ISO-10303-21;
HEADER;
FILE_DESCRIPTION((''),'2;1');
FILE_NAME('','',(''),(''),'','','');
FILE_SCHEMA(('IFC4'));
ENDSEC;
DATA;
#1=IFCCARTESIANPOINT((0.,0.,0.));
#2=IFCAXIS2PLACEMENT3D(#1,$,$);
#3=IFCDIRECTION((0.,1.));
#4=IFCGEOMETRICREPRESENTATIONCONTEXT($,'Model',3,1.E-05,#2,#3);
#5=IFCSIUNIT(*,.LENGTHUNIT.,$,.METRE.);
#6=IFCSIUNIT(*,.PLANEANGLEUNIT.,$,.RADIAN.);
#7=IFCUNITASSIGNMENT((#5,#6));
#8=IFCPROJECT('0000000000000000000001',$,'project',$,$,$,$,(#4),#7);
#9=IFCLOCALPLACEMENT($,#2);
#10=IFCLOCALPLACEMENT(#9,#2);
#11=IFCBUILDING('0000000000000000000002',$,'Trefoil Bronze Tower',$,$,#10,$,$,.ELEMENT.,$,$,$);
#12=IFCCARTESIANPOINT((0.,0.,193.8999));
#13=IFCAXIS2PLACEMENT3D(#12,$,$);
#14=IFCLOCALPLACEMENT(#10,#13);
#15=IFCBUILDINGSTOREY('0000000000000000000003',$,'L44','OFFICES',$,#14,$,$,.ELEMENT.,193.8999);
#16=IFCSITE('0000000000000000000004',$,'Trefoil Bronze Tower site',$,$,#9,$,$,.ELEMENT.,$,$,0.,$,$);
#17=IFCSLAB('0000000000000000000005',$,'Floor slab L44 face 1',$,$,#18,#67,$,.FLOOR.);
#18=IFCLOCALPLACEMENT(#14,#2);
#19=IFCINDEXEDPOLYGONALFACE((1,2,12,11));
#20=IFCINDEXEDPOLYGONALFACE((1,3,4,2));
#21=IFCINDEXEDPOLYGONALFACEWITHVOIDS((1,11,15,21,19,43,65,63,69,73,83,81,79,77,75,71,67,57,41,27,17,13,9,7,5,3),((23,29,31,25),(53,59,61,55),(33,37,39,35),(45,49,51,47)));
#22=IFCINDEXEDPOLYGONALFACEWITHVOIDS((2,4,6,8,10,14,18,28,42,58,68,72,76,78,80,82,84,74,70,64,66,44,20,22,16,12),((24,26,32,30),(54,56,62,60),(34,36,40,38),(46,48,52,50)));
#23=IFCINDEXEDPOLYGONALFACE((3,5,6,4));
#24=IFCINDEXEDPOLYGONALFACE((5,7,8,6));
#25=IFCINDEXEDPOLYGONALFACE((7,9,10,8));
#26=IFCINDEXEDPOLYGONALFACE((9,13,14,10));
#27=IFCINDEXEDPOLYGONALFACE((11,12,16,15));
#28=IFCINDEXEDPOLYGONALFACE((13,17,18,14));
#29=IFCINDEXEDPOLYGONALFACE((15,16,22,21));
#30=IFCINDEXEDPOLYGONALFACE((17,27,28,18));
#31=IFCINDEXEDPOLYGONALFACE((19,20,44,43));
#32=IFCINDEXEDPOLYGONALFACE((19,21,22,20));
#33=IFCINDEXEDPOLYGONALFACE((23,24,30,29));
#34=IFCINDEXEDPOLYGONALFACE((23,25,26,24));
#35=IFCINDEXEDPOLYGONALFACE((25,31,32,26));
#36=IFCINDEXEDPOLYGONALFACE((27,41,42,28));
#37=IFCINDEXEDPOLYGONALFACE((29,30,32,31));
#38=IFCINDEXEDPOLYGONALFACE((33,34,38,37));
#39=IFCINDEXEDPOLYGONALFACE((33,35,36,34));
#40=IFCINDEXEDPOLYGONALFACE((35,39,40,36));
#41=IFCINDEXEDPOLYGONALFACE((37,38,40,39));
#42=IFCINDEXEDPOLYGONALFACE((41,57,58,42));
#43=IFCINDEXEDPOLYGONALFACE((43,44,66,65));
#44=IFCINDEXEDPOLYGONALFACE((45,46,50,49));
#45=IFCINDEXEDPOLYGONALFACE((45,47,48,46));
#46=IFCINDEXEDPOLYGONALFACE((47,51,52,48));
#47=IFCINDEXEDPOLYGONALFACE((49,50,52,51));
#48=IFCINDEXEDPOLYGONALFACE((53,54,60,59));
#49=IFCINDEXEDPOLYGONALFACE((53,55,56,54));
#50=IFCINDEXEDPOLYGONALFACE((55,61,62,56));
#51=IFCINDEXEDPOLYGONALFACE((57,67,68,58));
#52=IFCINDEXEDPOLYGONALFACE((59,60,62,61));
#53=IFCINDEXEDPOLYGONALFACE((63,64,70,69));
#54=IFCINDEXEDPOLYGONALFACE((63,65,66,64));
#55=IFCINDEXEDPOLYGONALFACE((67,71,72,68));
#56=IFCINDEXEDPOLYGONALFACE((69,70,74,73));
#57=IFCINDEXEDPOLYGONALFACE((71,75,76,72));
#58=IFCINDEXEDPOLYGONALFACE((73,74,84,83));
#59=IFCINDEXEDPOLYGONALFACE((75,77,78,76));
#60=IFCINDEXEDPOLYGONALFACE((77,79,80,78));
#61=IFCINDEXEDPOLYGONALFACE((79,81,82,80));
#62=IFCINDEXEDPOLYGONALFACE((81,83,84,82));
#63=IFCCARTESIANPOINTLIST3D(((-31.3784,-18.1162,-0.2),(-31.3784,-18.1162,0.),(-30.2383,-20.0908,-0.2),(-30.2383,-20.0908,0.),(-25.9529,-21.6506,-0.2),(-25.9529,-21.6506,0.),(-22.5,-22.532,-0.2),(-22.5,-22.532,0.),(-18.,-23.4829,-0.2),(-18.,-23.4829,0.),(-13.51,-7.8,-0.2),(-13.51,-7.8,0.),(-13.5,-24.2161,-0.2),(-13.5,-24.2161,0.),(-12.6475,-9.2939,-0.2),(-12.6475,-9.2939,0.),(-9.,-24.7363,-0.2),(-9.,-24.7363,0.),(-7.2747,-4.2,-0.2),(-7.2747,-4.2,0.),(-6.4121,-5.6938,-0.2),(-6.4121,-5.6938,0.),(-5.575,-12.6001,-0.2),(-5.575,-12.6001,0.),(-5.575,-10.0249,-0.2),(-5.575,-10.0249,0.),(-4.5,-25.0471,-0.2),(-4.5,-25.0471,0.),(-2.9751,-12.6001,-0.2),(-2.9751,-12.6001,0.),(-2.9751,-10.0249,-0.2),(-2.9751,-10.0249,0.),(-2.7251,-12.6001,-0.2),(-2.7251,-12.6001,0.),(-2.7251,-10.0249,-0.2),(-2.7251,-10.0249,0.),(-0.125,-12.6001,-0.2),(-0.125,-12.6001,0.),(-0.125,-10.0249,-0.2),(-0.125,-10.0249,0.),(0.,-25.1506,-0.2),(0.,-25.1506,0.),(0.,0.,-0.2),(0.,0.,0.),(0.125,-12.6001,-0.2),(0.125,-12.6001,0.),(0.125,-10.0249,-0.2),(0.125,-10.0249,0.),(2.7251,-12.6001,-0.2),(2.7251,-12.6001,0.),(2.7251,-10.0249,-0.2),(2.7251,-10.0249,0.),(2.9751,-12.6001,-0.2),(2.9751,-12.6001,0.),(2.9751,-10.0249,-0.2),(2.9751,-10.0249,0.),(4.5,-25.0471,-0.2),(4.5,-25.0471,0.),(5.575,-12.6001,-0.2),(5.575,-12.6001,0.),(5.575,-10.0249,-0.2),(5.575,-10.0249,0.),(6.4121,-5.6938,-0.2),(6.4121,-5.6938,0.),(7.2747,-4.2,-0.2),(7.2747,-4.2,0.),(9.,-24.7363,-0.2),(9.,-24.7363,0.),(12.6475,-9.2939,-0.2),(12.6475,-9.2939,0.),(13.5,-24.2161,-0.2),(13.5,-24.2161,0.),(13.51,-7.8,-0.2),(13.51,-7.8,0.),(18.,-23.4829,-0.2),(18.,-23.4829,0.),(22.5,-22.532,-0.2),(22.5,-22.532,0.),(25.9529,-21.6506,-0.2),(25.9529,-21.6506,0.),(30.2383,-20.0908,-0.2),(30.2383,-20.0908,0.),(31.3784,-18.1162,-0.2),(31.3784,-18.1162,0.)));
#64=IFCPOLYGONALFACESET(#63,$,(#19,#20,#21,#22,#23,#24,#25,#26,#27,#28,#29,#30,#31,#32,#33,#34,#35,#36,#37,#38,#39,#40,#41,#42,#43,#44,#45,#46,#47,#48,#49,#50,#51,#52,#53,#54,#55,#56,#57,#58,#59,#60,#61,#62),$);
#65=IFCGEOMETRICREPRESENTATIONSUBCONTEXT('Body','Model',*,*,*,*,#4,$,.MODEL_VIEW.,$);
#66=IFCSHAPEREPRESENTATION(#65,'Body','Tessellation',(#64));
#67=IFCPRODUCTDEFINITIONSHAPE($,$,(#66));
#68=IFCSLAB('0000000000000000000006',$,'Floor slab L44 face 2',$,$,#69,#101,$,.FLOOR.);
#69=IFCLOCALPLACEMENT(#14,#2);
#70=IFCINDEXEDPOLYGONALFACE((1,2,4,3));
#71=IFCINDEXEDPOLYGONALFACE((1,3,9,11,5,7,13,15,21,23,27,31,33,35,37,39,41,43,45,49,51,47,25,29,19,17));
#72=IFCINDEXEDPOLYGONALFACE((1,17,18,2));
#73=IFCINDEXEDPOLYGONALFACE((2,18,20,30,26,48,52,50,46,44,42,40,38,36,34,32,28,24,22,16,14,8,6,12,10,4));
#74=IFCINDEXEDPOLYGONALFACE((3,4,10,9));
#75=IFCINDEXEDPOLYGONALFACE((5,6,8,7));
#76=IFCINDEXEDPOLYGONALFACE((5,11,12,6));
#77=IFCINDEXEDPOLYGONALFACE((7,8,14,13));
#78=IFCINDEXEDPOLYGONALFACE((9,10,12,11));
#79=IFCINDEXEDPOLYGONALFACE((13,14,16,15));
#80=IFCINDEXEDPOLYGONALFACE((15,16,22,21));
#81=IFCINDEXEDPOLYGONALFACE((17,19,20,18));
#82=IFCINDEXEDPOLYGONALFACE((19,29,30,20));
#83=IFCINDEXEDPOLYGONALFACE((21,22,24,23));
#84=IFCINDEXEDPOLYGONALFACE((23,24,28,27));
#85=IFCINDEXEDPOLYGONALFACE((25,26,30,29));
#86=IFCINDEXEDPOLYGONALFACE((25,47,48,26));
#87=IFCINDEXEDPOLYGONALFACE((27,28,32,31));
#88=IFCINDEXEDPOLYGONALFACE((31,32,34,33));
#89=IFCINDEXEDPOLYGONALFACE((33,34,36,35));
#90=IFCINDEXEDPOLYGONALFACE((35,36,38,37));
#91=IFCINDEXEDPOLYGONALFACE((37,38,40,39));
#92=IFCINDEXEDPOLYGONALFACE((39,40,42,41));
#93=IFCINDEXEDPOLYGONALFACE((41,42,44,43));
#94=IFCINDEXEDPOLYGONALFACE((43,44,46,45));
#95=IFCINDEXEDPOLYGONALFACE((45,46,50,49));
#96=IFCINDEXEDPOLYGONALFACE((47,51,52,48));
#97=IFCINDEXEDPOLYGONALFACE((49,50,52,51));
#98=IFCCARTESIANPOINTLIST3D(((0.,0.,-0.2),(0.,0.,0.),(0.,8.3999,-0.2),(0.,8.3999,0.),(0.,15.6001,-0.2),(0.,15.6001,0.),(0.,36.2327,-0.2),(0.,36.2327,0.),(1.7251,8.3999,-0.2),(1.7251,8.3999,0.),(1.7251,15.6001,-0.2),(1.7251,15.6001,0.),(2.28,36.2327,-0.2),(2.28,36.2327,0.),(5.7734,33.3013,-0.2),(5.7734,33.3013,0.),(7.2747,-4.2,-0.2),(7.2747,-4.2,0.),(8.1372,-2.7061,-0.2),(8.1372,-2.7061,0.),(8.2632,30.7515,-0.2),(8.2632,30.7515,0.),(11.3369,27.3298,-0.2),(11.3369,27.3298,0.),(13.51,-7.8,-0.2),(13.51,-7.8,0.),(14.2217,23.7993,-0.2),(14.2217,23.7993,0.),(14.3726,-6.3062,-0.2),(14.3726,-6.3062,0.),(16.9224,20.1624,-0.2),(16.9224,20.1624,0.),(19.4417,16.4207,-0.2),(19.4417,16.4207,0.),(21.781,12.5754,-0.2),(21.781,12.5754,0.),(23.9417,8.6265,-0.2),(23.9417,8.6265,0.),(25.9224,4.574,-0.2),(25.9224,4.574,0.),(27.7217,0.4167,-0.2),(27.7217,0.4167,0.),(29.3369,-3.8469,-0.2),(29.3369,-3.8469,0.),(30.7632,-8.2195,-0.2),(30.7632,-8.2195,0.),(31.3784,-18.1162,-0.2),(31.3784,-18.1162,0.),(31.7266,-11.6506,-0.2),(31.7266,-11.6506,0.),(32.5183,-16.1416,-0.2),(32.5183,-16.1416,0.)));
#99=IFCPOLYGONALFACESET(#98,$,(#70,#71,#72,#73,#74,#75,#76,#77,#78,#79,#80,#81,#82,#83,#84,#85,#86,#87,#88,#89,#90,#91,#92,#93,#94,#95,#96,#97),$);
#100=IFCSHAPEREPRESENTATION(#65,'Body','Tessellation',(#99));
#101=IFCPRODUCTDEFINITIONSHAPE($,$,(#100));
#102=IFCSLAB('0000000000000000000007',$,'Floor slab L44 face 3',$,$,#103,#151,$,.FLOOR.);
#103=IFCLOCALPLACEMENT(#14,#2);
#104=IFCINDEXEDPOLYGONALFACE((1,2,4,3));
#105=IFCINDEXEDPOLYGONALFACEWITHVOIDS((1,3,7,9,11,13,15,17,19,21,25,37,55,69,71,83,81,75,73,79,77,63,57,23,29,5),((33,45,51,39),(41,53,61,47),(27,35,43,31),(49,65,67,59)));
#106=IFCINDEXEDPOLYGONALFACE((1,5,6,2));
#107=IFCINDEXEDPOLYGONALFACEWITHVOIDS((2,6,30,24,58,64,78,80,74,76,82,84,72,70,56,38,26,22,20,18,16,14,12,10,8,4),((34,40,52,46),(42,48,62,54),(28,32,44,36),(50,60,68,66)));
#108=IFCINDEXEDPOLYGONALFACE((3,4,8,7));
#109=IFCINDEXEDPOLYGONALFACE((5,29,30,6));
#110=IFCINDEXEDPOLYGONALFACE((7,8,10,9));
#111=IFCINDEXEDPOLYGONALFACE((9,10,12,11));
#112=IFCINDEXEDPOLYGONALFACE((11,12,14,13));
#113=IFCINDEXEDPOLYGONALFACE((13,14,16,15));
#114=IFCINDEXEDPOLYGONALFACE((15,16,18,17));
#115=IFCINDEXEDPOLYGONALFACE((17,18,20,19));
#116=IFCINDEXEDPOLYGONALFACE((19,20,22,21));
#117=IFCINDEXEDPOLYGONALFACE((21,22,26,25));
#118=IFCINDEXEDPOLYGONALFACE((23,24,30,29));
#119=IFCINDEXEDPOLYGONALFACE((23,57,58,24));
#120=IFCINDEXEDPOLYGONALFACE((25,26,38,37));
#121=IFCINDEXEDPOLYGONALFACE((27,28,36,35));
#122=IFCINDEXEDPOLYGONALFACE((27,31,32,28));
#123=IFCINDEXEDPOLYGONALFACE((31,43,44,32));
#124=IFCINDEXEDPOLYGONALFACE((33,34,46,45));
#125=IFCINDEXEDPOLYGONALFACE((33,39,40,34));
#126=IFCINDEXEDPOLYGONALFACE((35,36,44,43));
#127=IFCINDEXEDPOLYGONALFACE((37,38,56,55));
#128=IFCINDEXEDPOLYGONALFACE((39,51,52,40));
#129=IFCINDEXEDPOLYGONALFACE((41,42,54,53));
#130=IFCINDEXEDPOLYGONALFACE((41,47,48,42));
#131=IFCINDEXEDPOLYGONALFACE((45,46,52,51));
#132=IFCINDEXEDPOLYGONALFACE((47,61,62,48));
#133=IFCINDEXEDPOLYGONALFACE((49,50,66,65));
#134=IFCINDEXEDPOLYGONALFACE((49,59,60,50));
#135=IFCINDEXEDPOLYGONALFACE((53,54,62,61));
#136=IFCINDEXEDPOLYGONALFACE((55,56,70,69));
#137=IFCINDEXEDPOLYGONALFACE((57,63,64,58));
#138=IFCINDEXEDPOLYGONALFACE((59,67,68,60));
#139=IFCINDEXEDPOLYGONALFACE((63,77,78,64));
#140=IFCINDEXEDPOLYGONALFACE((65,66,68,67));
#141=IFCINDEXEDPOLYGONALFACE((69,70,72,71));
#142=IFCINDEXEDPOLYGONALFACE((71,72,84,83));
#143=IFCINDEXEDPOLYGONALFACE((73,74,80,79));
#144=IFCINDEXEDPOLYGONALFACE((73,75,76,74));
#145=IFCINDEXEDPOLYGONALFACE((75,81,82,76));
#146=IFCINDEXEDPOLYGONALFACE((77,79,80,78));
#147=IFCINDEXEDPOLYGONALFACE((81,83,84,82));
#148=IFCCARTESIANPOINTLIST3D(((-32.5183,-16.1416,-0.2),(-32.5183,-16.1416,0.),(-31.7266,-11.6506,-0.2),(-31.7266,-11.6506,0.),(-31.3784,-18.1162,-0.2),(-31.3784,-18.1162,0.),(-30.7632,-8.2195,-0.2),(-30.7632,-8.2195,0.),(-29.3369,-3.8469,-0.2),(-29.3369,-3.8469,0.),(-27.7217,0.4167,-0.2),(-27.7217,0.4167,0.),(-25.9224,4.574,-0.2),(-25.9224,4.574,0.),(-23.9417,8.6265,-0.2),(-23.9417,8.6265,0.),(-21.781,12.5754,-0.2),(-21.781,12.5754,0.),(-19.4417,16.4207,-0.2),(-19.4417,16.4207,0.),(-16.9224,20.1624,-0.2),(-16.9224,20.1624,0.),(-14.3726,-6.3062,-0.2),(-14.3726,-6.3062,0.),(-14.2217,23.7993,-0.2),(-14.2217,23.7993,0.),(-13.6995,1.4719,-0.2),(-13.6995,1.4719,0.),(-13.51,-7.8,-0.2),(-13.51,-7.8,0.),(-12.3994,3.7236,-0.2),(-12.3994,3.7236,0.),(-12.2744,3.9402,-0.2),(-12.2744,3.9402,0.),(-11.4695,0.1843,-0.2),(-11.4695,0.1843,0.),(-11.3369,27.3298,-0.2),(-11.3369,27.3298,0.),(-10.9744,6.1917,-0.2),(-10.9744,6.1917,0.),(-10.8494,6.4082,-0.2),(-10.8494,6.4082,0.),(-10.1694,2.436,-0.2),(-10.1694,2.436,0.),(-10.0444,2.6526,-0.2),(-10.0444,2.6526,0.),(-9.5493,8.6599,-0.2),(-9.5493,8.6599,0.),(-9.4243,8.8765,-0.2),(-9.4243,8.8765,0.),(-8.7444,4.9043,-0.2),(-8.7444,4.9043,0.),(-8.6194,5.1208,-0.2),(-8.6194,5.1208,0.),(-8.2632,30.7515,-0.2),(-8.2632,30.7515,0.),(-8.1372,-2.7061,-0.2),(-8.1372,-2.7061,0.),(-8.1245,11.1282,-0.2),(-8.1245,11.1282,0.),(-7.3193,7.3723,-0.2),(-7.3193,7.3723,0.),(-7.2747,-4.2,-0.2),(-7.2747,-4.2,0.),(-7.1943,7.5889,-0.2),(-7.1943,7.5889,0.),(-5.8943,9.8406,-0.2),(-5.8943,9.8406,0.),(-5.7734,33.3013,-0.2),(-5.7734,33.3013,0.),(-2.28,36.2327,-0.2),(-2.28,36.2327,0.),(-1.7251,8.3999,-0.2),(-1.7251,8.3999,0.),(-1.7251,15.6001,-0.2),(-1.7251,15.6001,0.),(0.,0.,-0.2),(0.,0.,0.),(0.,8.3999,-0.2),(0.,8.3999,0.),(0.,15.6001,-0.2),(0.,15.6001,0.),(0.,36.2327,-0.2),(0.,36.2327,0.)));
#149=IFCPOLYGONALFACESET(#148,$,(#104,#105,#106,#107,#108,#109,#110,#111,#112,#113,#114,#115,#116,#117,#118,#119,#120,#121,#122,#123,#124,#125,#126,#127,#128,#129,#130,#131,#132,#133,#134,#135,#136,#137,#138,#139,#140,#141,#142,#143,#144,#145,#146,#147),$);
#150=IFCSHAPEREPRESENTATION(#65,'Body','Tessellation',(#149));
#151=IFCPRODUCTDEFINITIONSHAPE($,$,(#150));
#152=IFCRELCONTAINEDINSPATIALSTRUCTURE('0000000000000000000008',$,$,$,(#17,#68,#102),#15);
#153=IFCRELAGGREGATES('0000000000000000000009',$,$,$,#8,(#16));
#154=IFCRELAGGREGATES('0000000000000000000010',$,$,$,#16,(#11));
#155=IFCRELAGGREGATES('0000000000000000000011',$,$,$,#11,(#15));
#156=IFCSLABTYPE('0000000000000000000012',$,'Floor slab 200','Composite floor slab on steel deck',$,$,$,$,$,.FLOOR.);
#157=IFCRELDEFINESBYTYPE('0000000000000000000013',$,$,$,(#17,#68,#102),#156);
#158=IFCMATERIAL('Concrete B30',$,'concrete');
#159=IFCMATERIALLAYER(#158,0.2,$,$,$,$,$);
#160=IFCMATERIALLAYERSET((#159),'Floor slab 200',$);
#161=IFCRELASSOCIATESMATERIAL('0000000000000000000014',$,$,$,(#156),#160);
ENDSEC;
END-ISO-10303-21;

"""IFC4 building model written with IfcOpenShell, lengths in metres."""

from ifc_helpers import new_model, si_unit, direction, frame, origin, place, context, subcontext, project, spatial, polyline, outline, extrude, material, layer, layer_set, type_object, element, save


model = new_model("IFC4")

# Units and contexts
model_context = context("Model", 3, precision=1e-05, world=origin(), true_north=direction((0.0, 1.0)))
body_context = subcontext(model_context, "Body", "Model", "MODEL_VIEW")
ifc_project = project(units=[si_unit("LENGTHUNIT", "METRE"), si_unit("PLANEANGLEUNIT", "RADIAN")], contexts=[model_context])

# Site, building, storey
site_placement = place(None, origin())
site = spatial("IfcSite", under=ifc_project, at=site_placement, Name="Trefoil Bronze Tower site", CompositionType="ELEMENT", RefElevation=0.0)
building_placement = place(site_placement, origin())
building = spatial("IfcBuilding", under=site, at=building_placement, Name="Trefoil Bronze Tower", CompositionType="ELEMENT")
storey_placement = place(building_placement, frame((0.0, 0.0, 193.8999)))
storey = spatial("IfcBuildingStorey", under=building, at=storey_placement, Name="L44", Description="OFFICES", CompositionType="ELEMENT", Elevation=193.8999)

# Slabs
ifc_material_1 = material(Name="Concrete B30", Category="concrete")
ifc_layer_1 = layer(ifc_material_1, 0.2)
ifc_layer_set_1 = layer_set([ifc_layer_1], Name="Floor slab 200")
slab_type = type_object("IfcSlabType", Name="Floor slab 200", Description="Composite floor slab on steel deck", PredefinedType="FLOOR", material=ifc_layer_set_1)
slab_1_placement = place(storey_placement, frame((0.0, 0.0, -0.2)))
element("IfcSlab", 1, at=slab_1_placement, inside=storey, type_object=slab_type, Name="Floor slab L44 face 1", PredefinedType="FLOOR", context=body_context, shape_type="SweptSolid", body=[
    extrude(outline(polyline([(18.0, -23.4829), (13.5, -24.2161), (9.0, -24.7363), (4.5, -25.0471), (0.0, -25.1506), (-4.5, -25.0471), (-9.0, -24.7363), (-13.5, -24.2161), (-18.0, -23.4829), (-22.5, -22.532), (-25.9529, -21.6506), (-30.2383, -20.0908), (-31.3784, -18.1162), (-13.51, -7.8), (-12.6475, -9.2939), (-6.4121, -5.6938), (-7.2747, -4.2), (0.0, 0.0), (7.2747, -4.2), (6.4121, -5.6938), (12.6475, -9.2939), (13.51, -7.8), (31.3784, -18.1162), (30.2383, -20.0908), (25.9529, -21.6506), (22.5, -22.532), (18.0, -23.4829)]), holes=[polyline([(-5.575, -10.0249), (-2.9751, -10.0249), (-2.9751, -12.6001), (-5.575, -12.6001), (-5.575, -10.0249)]), polyline([(-2.7251, -10.0249), (-0.125, -10.0249), (-0.125, -12.6001), (-2.7251, -12.6001), (-2.7251, -10.0249)]), polyline([(0.125, -10.0249), (2.7251, -10.0249), (2.7251, -12.6001), (0.125, -12.6001), (0.125, -10.0249)]), polyline([(2.9751, -10.0249), (5.575, -10.0249), (5.575, -12.6001), (2.9751, -12.6001), (2.9751, -10.0249)])]), origin(), (0.0, 0.0, 1.0), 0.2),
])
slab_2_placement = place(storey_placement, frame((0.0, 0.0, -0.2)))
element("IfcSlab", 2, at=slab_2_placement, inside=storey, type_object=slab_type, Name="Floor slab L44 face 2", PredefinedType="FLOOR", context=body_context, shape_type="SweptSolid", body=[
    extrude(outline(polyline([(11.3369, 27.3298), (14.2217, 23.7993), (16.9224, 20.1624), (19.4417, 16.4207), (21.781, 12.5754), (23.9417, 8.6265), (25.9224, 4.574), (27.7217, 0.4167), (29.3369, -3.8469), (30.7632, -8.2195), (31.7266, -11.6506), (32.5183, -16.1416), (31.3784, -18.1162), (13.51, -7.8), (14.3726, -6.3062), (8.1372, -2.7061), (7.2747, -4.2), (0.0, 0.0), (0.0, 8.3999), (1.7251, 8.3999), (1.7251, 15.6001), (0.0, 15.6001), (0.0, 36.2327), (2.28, 36.2327), (5.7734, 33.3013), (8.2632, 30.7515), (11.3369, 27.3298)])), origin(), (0.0, 0.0, 1.0), 0.2),
])
slab_3_placement = place(storey_placement, frame((0.0, 0.0, -0.2)))
element("IfcSlab", 3, at=slab_3_placement, inside=storey, type_object=slab_type, Name="Floor slab L44 face 3", PredefinedType="FLOOR", context=body_context, shape_type="SweptSolid", body=[
    extrude(outline(polyline([(-29.3369, -3.8469), (-27.7217, 0.4167), (-25.9224, 4.574), (-23.9417, 8.6265), (-21.781, 12.5754), (-19.4417, 16.4207), (-16.9224, 20.1624), (-14.2217, 23.7993), (-11.3369, 27.3298), (-8.2632, 30.7515), (-5.7734, 33.3013), (-2.28, 36.2327), (0.0, 36.2327), (0.0, 15.6001), (-1.7251, 15.6001), (-1.7251, 8.3999), (0.0, 8.3999), (0.0, 0.0), (-7.2747, -4.2), (-8.1372, -2.7061), (-14.3726, -6.3062), (-13.51, -7.8), (-31.3784, -18.1162), (-32.5183, -16.1416), (-31.7266, -11.6506), (-30.7632, -8.2195), (-29.3369, -3.8469)]), holes=[polyline([(-5.8943, 9.8406), (-7.1943, 7.5889), (-9.4243, 8.8765), (-8.1245, 11.1282), (-5.8943, 9.8406)]), polyline([(-7.3193, 7.3723), (-8.6194, 5.1208), (-10.8494, 6.4082), (-9.5493, 8.6599), (-7.3193, 7.3723)]), polyline([(-8.7444, 4.9043), (-10.0444, 2.6526), (-12.2744, 3.9402), (-10.9744, 6.1917), (-8.7444, 4.9043)]), polyline([(-10.1694, 2.436), (-11.4695, 0.1843), (-13.6995, 1.4719), (-12.3994, 3.7236), (-10.1694, 2.436)])]), origin(), (0.0, 0.0, 1.0), 0.2),
])

save(model, "model.ifc")
